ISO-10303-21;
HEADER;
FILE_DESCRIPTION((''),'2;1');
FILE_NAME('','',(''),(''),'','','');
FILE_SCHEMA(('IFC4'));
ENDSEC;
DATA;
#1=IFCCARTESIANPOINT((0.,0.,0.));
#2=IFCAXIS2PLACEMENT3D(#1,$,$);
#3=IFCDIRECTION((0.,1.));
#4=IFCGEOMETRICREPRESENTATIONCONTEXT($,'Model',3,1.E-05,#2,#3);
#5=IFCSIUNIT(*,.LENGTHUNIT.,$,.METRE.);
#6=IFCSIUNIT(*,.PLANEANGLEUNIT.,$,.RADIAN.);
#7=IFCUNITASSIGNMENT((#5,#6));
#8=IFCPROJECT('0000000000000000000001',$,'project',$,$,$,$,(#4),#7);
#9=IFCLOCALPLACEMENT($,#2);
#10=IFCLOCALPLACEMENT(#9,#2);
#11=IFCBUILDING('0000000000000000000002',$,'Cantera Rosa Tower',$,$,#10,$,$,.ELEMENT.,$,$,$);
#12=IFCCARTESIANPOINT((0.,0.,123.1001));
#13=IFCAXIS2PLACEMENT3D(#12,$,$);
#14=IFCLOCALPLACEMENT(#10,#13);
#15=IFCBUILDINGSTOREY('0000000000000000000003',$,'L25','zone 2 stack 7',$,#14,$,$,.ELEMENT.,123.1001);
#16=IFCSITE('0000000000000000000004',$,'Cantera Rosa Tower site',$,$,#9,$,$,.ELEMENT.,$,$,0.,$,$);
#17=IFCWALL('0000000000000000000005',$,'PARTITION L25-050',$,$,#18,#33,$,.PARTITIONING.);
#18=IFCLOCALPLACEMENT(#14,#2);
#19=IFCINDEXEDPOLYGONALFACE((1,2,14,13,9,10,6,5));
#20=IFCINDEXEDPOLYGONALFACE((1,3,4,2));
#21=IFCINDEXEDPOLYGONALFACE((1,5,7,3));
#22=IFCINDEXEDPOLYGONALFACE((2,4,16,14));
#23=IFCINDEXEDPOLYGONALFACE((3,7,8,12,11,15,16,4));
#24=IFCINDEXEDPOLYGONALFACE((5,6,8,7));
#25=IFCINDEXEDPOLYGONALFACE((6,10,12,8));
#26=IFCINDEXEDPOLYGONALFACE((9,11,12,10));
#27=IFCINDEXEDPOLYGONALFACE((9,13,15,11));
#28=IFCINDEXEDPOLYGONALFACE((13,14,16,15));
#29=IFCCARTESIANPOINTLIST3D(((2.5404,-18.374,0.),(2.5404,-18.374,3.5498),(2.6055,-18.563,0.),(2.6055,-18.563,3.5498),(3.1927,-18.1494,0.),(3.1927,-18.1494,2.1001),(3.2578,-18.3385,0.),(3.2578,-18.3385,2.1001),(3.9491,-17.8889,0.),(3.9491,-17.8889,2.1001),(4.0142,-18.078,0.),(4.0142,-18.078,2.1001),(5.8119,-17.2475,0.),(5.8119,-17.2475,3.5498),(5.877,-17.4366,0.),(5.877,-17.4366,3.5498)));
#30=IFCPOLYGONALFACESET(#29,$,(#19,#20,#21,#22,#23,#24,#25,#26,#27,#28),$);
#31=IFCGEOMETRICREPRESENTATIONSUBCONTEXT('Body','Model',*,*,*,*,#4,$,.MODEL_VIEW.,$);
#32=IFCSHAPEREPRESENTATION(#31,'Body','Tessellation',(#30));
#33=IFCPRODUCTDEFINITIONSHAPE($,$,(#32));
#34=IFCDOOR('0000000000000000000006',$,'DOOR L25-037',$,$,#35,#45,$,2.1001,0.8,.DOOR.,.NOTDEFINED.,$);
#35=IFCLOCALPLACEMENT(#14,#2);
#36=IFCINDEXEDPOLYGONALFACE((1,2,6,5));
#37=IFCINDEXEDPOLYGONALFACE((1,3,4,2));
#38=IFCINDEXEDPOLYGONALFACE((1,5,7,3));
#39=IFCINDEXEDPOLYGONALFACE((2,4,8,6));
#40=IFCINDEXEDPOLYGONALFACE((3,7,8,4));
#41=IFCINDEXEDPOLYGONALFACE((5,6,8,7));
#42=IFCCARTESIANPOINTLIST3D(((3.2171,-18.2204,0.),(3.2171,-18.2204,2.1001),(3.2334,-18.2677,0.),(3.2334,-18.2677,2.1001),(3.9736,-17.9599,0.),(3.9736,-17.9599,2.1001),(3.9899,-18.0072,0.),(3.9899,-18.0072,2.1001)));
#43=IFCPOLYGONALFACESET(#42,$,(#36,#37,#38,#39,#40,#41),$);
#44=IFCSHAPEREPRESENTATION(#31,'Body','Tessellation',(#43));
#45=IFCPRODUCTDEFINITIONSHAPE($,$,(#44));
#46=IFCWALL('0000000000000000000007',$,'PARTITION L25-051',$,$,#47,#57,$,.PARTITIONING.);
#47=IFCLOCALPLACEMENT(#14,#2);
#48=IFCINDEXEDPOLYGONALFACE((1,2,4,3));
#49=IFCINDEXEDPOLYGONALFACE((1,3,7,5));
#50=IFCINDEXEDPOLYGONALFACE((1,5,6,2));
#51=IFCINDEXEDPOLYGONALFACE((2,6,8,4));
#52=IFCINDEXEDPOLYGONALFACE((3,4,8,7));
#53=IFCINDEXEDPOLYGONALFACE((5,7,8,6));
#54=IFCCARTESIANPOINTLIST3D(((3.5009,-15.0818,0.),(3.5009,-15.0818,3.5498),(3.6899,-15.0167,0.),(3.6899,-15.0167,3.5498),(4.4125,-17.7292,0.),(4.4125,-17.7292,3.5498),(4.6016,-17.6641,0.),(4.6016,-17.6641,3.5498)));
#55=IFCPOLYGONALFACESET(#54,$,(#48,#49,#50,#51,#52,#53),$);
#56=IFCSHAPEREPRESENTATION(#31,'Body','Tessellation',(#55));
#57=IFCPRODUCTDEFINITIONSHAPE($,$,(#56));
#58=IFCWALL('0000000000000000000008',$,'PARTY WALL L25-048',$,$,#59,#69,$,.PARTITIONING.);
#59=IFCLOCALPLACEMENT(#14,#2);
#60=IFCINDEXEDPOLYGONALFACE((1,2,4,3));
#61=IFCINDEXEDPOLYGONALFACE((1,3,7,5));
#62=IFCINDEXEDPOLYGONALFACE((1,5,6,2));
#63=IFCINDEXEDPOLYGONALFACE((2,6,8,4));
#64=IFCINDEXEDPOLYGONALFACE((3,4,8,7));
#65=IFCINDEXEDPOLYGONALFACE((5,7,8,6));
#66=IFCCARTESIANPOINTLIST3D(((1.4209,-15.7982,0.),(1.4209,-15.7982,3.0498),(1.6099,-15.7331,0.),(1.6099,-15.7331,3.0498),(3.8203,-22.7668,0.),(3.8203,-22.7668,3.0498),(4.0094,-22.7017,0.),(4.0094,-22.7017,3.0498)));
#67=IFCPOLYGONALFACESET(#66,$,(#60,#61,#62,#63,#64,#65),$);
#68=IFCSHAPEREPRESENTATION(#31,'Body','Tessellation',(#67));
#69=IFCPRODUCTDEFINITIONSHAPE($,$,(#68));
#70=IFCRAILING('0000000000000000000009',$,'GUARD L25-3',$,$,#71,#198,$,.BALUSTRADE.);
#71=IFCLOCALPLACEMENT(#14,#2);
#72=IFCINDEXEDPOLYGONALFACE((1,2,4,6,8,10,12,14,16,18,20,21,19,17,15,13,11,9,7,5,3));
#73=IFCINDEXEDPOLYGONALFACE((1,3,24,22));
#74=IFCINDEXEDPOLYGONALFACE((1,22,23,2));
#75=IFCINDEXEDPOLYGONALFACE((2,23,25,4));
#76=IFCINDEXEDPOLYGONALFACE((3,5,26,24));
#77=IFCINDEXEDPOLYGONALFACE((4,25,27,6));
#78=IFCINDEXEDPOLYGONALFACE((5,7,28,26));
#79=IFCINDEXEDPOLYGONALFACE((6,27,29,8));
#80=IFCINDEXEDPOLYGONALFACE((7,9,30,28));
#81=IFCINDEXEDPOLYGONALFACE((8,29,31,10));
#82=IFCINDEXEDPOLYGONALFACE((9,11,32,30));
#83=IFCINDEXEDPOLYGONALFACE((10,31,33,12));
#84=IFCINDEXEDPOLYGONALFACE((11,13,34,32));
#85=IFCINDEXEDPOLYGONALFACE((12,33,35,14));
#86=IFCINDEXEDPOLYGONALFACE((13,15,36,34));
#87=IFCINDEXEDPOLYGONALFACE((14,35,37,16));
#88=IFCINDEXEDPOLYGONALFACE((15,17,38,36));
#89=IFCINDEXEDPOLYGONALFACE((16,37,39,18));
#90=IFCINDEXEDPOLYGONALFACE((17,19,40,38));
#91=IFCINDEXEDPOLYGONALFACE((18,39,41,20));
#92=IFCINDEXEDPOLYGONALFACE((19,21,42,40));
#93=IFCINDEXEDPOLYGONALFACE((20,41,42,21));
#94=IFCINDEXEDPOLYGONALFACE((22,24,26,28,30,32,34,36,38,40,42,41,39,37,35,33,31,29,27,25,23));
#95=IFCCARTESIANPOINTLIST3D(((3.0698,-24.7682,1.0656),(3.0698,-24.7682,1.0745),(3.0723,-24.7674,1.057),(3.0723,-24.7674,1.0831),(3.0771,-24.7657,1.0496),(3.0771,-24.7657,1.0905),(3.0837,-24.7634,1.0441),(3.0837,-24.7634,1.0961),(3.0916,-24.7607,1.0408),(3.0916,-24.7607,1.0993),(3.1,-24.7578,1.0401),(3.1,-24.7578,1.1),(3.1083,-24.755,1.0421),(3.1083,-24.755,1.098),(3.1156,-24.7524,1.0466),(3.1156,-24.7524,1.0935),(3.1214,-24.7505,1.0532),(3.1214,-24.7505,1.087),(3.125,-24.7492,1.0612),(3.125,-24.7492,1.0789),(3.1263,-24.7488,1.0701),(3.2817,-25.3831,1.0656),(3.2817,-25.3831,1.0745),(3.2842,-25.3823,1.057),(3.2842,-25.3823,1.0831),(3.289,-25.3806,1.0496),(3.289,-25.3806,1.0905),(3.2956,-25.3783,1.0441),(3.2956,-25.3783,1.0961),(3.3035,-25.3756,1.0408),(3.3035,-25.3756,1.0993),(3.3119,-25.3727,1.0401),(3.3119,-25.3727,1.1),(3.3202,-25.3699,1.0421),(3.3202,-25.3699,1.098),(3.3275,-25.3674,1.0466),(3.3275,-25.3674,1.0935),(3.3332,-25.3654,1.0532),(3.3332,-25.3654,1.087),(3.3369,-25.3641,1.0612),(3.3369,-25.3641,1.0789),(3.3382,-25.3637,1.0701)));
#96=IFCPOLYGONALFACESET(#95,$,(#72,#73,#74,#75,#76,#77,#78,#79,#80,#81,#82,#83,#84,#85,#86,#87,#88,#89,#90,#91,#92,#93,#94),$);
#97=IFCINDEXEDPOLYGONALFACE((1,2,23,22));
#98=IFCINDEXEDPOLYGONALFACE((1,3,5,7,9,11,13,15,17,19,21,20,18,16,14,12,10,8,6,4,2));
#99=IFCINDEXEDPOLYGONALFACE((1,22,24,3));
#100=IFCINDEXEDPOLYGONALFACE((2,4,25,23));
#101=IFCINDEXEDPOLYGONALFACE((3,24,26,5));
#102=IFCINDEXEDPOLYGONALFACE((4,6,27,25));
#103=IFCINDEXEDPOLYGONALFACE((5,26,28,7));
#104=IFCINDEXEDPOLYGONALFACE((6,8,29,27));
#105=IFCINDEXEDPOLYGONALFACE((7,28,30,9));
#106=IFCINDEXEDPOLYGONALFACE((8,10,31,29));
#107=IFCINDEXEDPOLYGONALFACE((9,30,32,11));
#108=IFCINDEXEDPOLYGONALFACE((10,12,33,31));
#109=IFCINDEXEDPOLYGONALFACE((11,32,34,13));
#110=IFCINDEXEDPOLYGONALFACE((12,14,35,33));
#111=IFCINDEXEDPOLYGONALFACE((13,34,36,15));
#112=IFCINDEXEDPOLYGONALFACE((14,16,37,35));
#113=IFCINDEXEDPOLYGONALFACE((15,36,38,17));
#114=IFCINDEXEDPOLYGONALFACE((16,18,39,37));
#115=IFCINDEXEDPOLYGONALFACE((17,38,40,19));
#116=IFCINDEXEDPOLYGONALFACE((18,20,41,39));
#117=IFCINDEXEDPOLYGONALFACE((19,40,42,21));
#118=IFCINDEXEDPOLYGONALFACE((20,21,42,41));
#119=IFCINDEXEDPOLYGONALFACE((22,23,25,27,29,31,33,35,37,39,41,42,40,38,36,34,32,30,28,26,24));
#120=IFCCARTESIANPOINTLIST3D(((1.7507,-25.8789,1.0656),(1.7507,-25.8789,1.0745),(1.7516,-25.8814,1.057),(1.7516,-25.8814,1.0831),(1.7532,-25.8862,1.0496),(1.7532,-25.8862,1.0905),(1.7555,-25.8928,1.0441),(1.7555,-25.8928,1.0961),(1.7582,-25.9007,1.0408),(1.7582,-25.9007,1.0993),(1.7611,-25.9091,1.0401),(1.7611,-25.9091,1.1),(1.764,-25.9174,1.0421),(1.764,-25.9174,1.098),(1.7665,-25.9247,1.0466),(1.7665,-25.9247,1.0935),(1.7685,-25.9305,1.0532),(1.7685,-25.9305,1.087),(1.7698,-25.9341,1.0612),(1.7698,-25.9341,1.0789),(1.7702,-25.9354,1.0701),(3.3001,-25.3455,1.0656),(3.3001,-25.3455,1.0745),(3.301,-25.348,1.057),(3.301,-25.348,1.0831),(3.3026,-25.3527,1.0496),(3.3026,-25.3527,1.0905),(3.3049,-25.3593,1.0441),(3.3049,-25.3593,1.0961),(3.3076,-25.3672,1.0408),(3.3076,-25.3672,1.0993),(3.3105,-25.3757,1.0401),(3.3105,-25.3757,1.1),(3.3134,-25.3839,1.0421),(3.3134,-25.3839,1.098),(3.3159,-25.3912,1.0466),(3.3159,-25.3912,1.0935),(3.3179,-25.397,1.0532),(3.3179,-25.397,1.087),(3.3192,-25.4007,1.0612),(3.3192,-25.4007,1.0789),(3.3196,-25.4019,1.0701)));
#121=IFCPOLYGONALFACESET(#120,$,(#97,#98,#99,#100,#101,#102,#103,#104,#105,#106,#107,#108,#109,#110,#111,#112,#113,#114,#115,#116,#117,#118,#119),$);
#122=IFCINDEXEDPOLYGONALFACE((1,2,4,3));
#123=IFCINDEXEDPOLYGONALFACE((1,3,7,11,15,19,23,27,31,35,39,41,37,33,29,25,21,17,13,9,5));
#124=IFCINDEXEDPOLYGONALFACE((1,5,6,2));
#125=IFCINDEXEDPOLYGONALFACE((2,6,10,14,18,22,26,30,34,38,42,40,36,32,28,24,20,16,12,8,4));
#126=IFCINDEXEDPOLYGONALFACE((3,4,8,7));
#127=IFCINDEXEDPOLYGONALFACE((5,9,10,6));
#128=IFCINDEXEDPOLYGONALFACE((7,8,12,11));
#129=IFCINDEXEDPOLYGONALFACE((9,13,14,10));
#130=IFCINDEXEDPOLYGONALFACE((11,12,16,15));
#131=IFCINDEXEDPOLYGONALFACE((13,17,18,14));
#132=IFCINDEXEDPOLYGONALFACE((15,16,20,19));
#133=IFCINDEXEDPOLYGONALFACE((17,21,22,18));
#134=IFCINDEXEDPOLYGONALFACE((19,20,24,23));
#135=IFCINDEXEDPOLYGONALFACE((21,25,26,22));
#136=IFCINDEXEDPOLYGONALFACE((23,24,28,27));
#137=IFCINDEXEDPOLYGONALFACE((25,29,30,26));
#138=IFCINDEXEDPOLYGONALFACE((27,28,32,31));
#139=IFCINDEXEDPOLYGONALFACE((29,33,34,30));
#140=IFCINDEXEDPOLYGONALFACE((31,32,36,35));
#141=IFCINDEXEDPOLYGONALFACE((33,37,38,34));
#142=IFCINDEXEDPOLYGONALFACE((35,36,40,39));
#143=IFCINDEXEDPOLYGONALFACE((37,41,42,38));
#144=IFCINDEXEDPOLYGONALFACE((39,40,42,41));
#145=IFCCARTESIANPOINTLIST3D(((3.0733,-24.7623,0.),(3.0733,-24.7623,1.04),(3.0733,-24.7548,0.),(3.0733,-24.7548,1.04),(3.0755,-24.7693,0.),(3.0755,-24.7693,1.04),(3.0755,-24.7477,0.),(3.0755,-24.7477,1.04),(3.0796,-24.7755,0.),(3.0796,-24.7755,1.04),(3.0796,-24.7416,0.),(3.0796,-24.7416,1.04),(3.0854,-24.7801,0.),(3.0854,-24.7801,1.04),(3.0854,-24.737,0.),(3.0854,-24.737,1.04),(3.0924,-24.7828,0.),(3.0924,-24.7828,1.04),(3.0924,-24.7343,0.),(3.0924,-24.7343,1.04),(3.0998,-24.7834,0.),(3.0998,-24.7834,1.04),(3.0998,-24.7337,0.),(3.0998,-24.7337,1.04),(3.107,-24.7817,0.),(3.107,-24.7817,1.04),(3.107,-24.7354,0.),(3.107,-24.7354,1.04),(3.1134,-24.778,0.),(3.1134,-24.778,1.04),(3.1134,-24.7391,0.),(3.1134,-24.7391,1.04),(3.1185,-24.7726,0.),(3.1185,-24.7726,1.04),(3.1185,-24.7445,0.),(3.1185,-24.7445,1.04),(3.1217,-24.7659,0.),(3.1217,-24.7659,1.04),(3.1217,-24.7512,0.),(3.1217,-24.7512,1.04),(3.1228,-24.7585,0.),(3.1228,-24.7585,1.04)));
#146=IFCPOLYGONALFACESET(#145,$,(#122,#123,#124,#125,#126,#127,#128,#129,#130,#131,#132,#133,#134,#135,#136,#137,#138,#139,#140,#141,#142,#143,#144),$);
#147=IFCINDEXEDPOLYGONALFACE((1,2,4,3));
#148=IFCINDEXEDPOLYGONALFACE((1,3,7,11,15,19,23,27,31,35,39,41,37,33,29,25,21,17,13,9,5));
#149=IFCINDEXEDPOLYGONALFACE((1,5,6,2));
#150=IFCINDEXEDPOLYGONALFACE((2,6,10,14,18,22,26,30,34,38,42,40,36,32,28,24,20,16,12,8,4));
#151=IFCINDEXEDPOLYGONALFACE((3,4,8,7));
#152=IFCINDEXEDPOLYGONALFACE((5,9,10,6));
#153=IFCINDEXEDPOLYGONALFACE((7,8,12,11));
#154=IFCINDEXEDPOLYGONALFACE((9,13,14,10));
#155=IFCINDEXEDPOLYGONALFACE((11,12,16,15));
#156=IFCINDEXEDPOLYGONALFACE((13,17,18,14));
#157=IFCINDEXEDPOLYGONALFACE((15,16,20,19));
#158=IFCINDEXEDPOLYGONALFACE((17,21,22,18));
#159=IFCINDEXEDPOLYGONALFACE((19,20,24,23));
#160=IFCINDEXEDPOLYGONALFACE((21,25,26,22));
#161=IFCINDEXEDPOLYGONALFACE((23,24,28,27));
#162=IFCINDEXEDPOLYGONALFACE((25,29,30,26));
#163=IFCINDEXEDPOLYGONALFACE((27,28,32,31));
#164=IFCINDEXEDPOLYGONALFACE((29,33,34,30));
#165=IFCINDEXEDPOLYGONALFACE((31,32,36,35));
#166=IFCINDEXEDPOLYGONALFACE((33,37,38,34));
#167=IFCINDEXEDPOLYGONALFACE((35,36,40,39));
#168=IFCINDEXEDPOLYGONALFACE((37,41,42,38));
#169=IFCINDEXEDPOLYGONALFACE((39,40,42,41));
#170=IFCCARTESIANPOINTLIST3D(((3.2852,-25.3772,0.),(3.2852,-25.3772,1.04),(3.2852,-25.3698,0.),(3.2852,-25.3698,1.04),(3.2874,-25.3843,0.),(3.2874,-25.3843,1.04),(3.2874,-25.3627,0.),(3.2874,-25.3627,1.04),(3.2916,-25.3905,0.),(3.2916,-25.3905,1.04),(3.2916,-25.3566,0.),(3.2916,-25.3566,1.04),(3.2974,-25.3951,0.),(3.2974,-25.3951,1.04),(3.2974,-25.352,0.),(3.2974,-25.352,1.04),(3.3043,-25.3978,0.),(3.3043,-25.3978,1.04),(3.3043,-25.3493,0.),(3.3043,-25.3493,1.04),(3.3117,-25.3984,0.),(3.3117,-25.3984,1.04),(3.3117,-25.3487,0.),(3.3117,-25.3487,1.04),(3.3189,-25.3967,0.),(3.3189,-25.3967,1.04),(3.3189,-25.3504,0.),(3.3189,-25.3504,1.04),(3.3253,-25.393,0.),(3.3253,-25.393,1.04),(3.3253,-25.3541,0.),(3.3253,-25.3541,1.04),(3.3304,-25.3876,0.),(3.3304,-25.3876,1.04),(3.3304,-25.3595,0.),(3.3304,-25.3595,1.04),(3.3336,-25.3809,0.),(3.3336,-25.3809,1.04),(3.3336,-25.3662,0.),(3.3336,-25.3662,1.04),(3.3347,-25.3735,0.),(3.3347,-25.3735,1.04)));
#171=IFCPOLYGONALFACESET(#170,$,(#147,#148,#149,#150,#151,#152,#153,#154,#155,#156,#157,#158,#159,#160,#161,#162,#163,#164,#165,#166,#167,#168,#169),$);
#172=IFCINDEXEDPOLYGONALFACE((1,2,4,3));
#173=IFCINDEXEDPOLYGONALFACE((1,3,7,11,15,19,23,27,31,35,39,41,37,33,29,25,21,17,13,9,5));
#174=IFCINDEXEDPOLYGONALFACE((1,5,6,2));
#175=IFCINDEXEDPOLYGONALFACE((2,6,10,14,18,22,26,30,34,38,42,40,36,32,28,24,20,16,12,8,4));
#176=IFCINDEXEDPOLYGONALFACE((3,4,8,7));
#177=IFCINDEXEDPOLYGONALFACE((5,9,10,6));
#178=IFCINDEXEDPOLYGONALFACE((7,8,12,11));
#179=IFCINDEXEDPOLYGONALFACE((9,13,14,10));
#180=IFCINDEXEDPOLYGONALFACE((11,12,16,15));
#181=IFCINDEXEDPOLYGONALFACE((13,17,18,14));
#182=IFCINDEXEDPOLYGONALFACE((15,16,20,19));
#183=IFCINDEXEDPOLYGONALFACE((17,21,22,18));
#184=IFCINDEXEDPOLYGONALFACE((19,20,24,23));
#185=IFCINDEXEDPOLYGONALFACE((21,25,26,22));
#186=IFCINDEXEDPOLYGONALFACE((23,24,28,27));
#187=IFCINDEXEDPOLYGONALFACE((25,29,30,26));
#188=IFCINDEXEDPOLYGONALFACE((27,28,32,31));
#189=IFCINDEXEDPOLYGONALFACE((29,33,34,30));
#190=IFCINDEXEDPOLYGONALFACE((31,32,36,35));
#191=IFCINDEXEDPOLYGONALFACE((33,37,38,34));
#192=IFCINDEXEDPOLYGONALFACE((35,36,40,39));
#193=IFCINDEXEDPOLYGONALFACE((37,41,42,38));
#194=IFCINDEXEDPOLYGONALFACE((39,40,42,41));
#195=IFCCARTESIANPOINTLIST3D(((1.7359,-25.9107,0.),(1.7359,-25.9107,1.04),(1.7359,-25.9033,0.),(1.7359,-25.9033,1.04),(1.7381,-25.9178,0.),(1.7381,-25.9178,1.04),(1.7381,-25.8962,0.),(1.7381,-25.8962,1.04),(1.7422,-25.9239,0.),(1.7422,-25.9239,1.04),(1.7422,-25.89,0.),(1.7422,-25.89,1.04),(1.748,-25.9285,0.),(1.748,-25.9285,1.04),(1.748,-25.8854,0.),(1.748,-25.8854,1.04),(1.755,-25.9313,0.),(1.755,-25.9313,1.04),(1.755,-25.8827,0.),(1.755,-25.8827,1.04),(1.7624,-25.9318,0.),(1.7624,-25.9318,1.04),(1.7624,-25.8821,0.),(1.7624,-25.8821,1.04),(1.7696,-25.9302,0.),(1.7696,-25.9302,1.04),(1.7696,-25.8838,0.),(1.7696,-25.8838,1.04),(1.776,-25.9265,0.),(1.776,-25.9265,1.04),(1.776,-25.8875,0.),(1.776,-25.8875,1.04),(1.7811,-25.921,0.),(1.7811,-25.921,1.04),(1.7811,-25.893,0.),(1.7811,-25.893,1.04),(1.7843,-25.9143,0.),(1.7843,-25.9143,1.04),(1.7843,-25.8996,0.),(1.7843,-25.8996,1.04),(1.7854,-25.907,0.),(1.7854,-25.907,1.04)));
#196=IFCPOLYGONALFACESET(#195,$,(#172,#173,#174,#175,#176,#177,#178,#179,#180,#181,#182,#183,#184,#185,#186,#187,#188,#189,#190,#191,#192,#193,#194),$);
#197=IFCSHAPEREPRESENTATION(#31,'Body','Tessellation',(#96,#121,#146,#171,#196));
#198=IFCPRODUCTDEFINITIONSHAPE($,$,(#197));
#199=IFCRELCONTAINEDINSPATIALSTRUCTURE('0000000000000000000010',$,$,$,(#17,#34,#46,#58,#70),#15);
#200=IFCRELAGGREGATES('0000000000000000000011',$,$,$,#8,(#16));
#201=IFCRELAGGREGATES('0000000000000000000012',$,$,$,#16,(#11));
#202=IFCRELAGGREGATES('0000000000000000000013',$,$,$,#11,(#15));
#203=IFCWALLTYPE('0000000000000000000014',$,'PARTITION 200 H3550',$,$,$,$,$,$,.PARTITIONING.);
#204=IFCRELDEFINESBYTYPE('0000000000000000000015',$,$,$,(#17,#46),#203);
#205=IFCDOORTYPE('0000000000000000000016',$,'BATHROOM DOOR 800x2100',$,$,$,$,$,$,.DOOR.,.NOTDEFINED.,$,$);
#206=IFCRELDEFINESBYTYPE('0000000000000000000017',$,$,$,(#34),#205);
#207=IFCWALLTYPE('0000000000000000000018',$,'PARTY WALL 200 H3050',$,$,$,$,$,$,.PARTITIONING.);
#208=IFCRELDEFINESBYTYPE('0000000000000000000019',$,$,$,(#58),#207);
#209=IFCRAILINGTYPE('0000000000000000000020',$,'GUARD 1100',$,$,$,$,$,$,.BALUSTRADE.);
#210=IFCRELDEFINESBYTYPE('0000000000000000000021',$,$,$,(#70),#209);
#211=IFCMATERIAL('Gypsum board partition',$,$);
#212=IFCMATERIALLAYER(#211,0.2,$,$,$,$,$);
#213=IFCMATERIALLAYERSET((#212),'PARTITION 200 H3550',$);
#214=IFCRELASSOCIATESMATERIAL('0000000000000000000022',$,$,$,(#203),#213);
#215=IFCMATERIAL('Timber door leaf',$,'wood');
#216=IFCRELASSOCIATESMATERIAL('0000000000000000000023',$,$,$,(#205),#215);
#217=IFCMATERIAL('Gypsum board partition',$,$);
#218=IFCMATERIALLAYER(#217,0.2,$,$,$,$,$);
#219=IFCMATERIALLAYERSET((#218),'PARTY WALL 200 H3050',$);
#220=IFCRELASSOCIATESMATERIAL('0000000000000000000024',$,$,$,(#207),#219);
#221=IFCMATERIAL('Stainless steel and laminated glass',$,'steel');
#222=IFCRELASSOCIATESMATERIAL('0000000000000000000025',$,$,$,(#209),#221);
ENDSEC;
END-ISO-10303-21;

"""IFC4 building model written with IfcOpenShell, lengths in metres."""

from ifc_helpers import new_model, si_unit, direction, frame, frame_2d, origin, origin_2d, place, context, subcontext, project, spatial, rectangle, circle, extrude, material, layer, layer_set, type_object, element, fill, save


model = new_model("IFC4")

# Units and contexts
model_context = context("Model", 3, precision=1e-05, world=origin(), true_north=direction((0.0, 1.0)))
body_context = subcontext(model_context, "Body", "Model", "MODEL_VIEW")
ifc_project = project(units=[si_unit("LENGTHUNIT", "METRE"), si_unit("PLANEANGLEUNIT", "RADIAN")], contexts=[model_context])

# Site, building, storey
site_placement = place(None, origin())
site = spatial("IfcSite", under=ifc_project, at=site_placement, Name="Cantera Rosa Tower site", CompositionType="ELEMENT", RefElevation=0.0)
building_placement = place(site_placement, origin())
building = spatial("IfcBuilding", under=site, at=building_placement, Name="Cantera Rosa Tower", CompositionType="ELEMENT")
storey_placement = place(building_placement, frame((0.0, 0.0, 123.1001)))
storey = spatial("IfcBuildingStorey", under=building, at=storey_placement, Name="L25", Description="zone 2 stack 7", CompositionType="ELEMENT", Elevation=123.1001)

# Wall, opening, door
ifc_material_1 = material(Name="Gypsum board partition")
ifc_layer_1 = layer(ifc_material_1, 0.2)
ifc_layer_set_1 = layer_set([ifc_layer_1], Name="PARTITION 200 H3550")
wall_type_1 = type_object("IfcWallType", Name="PARTITION 200 H3550", PredefinedType="PARTITIONING", material=ifc_layer_set_1)
wall_1_placement = place(storey_placement, frame((2.573, -18.4685, 0.0), z_axis=(0.0, 0.0, 1.0), x_axis=(0.945518, 0.325569, 0.0)))
wall_1 = element("IfcWall", 1, at=wall_1_placement, inside=storey, type_object=wall_type_1, Name="PARTITION L25-050", PredefinedType="PARTITIONING", context=body_context, shape_type="SweptSolid", body=[
    extrude(rectangle(XDim=3.46, YDim=0.2, at=frame_2d((1.73, 0.0))), origin(), (0.0, 0.0, 1.0), 3.5498),
])
opening_1_placement = place(wall_1_placement, frame((0.6899, 0.0, 0.0)))
opening_1 = element("IfcOpeningElement", 2, at=opening_1_placement, cuts=wall_1, PredefinedType="OPENING", context=body_context, shape_type="SweptSolid", body=[
    extrude(rectangle(XDim=0.8, YDim=2.1001, at=frame_2d((0.3999, 1.05))), frame((0.0, 0.1099, 0.0), z_axis=(0.0, -1.0, 0.0), x_axis=(1.0, 0.0, 0.0)), (0.0, 0.0, 1.0), 0.22),
])
ifc_material_2 = material(Name="Timber door leaf", Category="wood")
door_type_1 = type_object("IfcDoorType", Name="BATHROOM DOOR 800x2100", OperationType="NOTDEFINED", PredefinedType="DOOR", material=ifc_material_2)
door_1_placement = place(opening_1_placement, origin())
door_1 = element("IfcDoor", 3, at=door_1_placement, inside=storey, type_object=door_type_1, Name="DOOR L25-037", OperationType="NOTDEFINED", OverallHeight=2.1001, OverallWidth=0.8, PredefinedType="DOOR", context=body_context, shape_type="SweptSolid", body=[
    extrude(rectangle(XDim=0.8, YDim=2.1001, at=frame_2d((0.3999, 1.05))), frame((0.0, 0.0249, 0.0), z_axis=(0.0, -1.0, 0.0), x_axis=(1.0, 0.0, 0.0)), (0.0, 0.0, 1.0), 0.05),
])
fill(opening_1, door_1)

# Walls
wall_2_placement = place(storey_placement, frame((3.5955, -15.0493, 0.0), z_axis=(0.0, 0.0, 1.0), x_axis=(0.325577, -0.945516, 0.0)))
element("IfcWall", 4, at=wall_2_placement, inside=storey, type_object=wall_type_1, Name="PARTITION L25-051", PredefinedType="PARTITIONING", context=body_context, shape_type="SweptSolid", body=[
    extrude(rectangle(XDim=2.8, YDim=0.2, at=frame_2d((1.3999, 0.0))), origin(), (0.0, 0.0, 1.0), 3.5498),
])
ifc_material_3 = material(Name="Gypsum board partition")
ifc_layer_2 = layer(ifc_material_3, 0.2)
ifc_layer_set_2 = layer_set([ifc_layer_2], Name="PARTY WALL 200 H3050")
wall_type_2 = type_object("IfcWallType", Name="PARTY WALL 200 H3050", PredefinedType="PARTITIONING", material=ifc_layer_set_2)
wall_3_placement = place(storey_placement, frame((1.5154, -15.7656, 0.0), z_axis=(0.0, 0.0, 1.0), x_axis=(0.325564, -0.94552, 0.0)))
element("IfcWall", 5, at=wall_3_placement, inside=storey, type_object=wall_type_2, Name="PARTY WALL L25-048", PredefinedType="PARTITIONING", context=body_context, shape_type="SweptSolid", body=[
    extrude(rectangle(XDim=7.3701, YDim=0.2, at=frame_2d((3.6851, 0.0))), origin(), (0.0, 0.0, 1.0), 3.0498),
])

# Railing
ifc_material_4 = material(Name="Stainless steel and laminated glass", Category="steel")
railing_type = type_object("IfcRailingType", Name="GUARD 1100", PredefinedType="BALUSTRADE", material=ifc_material_4)
railing_1_placement = place(storey_placement, frame((3.0979, -24.7585, 0.0)))
element("IfcRailing", 6, at=railing_1_placement, inside=storey, type_object=railing_type, Name="GUARD L25-3", PredefinedType="BALUSTRADE", context=body_context, shape_type="SweptSolid", body=[
    extrude(circle(Radius=0.03, at=origin_2d()), frame((0.0, 0.0, 1.0701), z_axis=(0.325782, -0.945445, 0.0), x_axis=(0.945445, 0.325782, 0.0)), (0.0, 0.0, 1.0), 0.6504),
    extrude(circle(Radius=0.03, at=origin_2d()), frame((0.2119, -0.615, 1.0701), z_axis=(-0.945523, -0.325554, 0.0), x_axis=(0.325554, -0.945523, 0.0)), (0.0, 0.0, 1.0), 1.6387),
    extrude(circle(Radius=0.0249, at=origin_2d()), origin(), (0.0, 0.0, 1.0), 1.04),
    extrude(circle(Radius=0.0249, at=origin_2d()), frame((0.2119, -0.615, 0.0)), (0.0, 0.0, 1.0), 1.04),
    extrude(circle(Radius=0.0249, at=origin_2d()), frame((-1.3374, -1.1484, 0.0)), (0.0, 0.0, 1.0), 1.04),
])

save(model, "model.ifc")
